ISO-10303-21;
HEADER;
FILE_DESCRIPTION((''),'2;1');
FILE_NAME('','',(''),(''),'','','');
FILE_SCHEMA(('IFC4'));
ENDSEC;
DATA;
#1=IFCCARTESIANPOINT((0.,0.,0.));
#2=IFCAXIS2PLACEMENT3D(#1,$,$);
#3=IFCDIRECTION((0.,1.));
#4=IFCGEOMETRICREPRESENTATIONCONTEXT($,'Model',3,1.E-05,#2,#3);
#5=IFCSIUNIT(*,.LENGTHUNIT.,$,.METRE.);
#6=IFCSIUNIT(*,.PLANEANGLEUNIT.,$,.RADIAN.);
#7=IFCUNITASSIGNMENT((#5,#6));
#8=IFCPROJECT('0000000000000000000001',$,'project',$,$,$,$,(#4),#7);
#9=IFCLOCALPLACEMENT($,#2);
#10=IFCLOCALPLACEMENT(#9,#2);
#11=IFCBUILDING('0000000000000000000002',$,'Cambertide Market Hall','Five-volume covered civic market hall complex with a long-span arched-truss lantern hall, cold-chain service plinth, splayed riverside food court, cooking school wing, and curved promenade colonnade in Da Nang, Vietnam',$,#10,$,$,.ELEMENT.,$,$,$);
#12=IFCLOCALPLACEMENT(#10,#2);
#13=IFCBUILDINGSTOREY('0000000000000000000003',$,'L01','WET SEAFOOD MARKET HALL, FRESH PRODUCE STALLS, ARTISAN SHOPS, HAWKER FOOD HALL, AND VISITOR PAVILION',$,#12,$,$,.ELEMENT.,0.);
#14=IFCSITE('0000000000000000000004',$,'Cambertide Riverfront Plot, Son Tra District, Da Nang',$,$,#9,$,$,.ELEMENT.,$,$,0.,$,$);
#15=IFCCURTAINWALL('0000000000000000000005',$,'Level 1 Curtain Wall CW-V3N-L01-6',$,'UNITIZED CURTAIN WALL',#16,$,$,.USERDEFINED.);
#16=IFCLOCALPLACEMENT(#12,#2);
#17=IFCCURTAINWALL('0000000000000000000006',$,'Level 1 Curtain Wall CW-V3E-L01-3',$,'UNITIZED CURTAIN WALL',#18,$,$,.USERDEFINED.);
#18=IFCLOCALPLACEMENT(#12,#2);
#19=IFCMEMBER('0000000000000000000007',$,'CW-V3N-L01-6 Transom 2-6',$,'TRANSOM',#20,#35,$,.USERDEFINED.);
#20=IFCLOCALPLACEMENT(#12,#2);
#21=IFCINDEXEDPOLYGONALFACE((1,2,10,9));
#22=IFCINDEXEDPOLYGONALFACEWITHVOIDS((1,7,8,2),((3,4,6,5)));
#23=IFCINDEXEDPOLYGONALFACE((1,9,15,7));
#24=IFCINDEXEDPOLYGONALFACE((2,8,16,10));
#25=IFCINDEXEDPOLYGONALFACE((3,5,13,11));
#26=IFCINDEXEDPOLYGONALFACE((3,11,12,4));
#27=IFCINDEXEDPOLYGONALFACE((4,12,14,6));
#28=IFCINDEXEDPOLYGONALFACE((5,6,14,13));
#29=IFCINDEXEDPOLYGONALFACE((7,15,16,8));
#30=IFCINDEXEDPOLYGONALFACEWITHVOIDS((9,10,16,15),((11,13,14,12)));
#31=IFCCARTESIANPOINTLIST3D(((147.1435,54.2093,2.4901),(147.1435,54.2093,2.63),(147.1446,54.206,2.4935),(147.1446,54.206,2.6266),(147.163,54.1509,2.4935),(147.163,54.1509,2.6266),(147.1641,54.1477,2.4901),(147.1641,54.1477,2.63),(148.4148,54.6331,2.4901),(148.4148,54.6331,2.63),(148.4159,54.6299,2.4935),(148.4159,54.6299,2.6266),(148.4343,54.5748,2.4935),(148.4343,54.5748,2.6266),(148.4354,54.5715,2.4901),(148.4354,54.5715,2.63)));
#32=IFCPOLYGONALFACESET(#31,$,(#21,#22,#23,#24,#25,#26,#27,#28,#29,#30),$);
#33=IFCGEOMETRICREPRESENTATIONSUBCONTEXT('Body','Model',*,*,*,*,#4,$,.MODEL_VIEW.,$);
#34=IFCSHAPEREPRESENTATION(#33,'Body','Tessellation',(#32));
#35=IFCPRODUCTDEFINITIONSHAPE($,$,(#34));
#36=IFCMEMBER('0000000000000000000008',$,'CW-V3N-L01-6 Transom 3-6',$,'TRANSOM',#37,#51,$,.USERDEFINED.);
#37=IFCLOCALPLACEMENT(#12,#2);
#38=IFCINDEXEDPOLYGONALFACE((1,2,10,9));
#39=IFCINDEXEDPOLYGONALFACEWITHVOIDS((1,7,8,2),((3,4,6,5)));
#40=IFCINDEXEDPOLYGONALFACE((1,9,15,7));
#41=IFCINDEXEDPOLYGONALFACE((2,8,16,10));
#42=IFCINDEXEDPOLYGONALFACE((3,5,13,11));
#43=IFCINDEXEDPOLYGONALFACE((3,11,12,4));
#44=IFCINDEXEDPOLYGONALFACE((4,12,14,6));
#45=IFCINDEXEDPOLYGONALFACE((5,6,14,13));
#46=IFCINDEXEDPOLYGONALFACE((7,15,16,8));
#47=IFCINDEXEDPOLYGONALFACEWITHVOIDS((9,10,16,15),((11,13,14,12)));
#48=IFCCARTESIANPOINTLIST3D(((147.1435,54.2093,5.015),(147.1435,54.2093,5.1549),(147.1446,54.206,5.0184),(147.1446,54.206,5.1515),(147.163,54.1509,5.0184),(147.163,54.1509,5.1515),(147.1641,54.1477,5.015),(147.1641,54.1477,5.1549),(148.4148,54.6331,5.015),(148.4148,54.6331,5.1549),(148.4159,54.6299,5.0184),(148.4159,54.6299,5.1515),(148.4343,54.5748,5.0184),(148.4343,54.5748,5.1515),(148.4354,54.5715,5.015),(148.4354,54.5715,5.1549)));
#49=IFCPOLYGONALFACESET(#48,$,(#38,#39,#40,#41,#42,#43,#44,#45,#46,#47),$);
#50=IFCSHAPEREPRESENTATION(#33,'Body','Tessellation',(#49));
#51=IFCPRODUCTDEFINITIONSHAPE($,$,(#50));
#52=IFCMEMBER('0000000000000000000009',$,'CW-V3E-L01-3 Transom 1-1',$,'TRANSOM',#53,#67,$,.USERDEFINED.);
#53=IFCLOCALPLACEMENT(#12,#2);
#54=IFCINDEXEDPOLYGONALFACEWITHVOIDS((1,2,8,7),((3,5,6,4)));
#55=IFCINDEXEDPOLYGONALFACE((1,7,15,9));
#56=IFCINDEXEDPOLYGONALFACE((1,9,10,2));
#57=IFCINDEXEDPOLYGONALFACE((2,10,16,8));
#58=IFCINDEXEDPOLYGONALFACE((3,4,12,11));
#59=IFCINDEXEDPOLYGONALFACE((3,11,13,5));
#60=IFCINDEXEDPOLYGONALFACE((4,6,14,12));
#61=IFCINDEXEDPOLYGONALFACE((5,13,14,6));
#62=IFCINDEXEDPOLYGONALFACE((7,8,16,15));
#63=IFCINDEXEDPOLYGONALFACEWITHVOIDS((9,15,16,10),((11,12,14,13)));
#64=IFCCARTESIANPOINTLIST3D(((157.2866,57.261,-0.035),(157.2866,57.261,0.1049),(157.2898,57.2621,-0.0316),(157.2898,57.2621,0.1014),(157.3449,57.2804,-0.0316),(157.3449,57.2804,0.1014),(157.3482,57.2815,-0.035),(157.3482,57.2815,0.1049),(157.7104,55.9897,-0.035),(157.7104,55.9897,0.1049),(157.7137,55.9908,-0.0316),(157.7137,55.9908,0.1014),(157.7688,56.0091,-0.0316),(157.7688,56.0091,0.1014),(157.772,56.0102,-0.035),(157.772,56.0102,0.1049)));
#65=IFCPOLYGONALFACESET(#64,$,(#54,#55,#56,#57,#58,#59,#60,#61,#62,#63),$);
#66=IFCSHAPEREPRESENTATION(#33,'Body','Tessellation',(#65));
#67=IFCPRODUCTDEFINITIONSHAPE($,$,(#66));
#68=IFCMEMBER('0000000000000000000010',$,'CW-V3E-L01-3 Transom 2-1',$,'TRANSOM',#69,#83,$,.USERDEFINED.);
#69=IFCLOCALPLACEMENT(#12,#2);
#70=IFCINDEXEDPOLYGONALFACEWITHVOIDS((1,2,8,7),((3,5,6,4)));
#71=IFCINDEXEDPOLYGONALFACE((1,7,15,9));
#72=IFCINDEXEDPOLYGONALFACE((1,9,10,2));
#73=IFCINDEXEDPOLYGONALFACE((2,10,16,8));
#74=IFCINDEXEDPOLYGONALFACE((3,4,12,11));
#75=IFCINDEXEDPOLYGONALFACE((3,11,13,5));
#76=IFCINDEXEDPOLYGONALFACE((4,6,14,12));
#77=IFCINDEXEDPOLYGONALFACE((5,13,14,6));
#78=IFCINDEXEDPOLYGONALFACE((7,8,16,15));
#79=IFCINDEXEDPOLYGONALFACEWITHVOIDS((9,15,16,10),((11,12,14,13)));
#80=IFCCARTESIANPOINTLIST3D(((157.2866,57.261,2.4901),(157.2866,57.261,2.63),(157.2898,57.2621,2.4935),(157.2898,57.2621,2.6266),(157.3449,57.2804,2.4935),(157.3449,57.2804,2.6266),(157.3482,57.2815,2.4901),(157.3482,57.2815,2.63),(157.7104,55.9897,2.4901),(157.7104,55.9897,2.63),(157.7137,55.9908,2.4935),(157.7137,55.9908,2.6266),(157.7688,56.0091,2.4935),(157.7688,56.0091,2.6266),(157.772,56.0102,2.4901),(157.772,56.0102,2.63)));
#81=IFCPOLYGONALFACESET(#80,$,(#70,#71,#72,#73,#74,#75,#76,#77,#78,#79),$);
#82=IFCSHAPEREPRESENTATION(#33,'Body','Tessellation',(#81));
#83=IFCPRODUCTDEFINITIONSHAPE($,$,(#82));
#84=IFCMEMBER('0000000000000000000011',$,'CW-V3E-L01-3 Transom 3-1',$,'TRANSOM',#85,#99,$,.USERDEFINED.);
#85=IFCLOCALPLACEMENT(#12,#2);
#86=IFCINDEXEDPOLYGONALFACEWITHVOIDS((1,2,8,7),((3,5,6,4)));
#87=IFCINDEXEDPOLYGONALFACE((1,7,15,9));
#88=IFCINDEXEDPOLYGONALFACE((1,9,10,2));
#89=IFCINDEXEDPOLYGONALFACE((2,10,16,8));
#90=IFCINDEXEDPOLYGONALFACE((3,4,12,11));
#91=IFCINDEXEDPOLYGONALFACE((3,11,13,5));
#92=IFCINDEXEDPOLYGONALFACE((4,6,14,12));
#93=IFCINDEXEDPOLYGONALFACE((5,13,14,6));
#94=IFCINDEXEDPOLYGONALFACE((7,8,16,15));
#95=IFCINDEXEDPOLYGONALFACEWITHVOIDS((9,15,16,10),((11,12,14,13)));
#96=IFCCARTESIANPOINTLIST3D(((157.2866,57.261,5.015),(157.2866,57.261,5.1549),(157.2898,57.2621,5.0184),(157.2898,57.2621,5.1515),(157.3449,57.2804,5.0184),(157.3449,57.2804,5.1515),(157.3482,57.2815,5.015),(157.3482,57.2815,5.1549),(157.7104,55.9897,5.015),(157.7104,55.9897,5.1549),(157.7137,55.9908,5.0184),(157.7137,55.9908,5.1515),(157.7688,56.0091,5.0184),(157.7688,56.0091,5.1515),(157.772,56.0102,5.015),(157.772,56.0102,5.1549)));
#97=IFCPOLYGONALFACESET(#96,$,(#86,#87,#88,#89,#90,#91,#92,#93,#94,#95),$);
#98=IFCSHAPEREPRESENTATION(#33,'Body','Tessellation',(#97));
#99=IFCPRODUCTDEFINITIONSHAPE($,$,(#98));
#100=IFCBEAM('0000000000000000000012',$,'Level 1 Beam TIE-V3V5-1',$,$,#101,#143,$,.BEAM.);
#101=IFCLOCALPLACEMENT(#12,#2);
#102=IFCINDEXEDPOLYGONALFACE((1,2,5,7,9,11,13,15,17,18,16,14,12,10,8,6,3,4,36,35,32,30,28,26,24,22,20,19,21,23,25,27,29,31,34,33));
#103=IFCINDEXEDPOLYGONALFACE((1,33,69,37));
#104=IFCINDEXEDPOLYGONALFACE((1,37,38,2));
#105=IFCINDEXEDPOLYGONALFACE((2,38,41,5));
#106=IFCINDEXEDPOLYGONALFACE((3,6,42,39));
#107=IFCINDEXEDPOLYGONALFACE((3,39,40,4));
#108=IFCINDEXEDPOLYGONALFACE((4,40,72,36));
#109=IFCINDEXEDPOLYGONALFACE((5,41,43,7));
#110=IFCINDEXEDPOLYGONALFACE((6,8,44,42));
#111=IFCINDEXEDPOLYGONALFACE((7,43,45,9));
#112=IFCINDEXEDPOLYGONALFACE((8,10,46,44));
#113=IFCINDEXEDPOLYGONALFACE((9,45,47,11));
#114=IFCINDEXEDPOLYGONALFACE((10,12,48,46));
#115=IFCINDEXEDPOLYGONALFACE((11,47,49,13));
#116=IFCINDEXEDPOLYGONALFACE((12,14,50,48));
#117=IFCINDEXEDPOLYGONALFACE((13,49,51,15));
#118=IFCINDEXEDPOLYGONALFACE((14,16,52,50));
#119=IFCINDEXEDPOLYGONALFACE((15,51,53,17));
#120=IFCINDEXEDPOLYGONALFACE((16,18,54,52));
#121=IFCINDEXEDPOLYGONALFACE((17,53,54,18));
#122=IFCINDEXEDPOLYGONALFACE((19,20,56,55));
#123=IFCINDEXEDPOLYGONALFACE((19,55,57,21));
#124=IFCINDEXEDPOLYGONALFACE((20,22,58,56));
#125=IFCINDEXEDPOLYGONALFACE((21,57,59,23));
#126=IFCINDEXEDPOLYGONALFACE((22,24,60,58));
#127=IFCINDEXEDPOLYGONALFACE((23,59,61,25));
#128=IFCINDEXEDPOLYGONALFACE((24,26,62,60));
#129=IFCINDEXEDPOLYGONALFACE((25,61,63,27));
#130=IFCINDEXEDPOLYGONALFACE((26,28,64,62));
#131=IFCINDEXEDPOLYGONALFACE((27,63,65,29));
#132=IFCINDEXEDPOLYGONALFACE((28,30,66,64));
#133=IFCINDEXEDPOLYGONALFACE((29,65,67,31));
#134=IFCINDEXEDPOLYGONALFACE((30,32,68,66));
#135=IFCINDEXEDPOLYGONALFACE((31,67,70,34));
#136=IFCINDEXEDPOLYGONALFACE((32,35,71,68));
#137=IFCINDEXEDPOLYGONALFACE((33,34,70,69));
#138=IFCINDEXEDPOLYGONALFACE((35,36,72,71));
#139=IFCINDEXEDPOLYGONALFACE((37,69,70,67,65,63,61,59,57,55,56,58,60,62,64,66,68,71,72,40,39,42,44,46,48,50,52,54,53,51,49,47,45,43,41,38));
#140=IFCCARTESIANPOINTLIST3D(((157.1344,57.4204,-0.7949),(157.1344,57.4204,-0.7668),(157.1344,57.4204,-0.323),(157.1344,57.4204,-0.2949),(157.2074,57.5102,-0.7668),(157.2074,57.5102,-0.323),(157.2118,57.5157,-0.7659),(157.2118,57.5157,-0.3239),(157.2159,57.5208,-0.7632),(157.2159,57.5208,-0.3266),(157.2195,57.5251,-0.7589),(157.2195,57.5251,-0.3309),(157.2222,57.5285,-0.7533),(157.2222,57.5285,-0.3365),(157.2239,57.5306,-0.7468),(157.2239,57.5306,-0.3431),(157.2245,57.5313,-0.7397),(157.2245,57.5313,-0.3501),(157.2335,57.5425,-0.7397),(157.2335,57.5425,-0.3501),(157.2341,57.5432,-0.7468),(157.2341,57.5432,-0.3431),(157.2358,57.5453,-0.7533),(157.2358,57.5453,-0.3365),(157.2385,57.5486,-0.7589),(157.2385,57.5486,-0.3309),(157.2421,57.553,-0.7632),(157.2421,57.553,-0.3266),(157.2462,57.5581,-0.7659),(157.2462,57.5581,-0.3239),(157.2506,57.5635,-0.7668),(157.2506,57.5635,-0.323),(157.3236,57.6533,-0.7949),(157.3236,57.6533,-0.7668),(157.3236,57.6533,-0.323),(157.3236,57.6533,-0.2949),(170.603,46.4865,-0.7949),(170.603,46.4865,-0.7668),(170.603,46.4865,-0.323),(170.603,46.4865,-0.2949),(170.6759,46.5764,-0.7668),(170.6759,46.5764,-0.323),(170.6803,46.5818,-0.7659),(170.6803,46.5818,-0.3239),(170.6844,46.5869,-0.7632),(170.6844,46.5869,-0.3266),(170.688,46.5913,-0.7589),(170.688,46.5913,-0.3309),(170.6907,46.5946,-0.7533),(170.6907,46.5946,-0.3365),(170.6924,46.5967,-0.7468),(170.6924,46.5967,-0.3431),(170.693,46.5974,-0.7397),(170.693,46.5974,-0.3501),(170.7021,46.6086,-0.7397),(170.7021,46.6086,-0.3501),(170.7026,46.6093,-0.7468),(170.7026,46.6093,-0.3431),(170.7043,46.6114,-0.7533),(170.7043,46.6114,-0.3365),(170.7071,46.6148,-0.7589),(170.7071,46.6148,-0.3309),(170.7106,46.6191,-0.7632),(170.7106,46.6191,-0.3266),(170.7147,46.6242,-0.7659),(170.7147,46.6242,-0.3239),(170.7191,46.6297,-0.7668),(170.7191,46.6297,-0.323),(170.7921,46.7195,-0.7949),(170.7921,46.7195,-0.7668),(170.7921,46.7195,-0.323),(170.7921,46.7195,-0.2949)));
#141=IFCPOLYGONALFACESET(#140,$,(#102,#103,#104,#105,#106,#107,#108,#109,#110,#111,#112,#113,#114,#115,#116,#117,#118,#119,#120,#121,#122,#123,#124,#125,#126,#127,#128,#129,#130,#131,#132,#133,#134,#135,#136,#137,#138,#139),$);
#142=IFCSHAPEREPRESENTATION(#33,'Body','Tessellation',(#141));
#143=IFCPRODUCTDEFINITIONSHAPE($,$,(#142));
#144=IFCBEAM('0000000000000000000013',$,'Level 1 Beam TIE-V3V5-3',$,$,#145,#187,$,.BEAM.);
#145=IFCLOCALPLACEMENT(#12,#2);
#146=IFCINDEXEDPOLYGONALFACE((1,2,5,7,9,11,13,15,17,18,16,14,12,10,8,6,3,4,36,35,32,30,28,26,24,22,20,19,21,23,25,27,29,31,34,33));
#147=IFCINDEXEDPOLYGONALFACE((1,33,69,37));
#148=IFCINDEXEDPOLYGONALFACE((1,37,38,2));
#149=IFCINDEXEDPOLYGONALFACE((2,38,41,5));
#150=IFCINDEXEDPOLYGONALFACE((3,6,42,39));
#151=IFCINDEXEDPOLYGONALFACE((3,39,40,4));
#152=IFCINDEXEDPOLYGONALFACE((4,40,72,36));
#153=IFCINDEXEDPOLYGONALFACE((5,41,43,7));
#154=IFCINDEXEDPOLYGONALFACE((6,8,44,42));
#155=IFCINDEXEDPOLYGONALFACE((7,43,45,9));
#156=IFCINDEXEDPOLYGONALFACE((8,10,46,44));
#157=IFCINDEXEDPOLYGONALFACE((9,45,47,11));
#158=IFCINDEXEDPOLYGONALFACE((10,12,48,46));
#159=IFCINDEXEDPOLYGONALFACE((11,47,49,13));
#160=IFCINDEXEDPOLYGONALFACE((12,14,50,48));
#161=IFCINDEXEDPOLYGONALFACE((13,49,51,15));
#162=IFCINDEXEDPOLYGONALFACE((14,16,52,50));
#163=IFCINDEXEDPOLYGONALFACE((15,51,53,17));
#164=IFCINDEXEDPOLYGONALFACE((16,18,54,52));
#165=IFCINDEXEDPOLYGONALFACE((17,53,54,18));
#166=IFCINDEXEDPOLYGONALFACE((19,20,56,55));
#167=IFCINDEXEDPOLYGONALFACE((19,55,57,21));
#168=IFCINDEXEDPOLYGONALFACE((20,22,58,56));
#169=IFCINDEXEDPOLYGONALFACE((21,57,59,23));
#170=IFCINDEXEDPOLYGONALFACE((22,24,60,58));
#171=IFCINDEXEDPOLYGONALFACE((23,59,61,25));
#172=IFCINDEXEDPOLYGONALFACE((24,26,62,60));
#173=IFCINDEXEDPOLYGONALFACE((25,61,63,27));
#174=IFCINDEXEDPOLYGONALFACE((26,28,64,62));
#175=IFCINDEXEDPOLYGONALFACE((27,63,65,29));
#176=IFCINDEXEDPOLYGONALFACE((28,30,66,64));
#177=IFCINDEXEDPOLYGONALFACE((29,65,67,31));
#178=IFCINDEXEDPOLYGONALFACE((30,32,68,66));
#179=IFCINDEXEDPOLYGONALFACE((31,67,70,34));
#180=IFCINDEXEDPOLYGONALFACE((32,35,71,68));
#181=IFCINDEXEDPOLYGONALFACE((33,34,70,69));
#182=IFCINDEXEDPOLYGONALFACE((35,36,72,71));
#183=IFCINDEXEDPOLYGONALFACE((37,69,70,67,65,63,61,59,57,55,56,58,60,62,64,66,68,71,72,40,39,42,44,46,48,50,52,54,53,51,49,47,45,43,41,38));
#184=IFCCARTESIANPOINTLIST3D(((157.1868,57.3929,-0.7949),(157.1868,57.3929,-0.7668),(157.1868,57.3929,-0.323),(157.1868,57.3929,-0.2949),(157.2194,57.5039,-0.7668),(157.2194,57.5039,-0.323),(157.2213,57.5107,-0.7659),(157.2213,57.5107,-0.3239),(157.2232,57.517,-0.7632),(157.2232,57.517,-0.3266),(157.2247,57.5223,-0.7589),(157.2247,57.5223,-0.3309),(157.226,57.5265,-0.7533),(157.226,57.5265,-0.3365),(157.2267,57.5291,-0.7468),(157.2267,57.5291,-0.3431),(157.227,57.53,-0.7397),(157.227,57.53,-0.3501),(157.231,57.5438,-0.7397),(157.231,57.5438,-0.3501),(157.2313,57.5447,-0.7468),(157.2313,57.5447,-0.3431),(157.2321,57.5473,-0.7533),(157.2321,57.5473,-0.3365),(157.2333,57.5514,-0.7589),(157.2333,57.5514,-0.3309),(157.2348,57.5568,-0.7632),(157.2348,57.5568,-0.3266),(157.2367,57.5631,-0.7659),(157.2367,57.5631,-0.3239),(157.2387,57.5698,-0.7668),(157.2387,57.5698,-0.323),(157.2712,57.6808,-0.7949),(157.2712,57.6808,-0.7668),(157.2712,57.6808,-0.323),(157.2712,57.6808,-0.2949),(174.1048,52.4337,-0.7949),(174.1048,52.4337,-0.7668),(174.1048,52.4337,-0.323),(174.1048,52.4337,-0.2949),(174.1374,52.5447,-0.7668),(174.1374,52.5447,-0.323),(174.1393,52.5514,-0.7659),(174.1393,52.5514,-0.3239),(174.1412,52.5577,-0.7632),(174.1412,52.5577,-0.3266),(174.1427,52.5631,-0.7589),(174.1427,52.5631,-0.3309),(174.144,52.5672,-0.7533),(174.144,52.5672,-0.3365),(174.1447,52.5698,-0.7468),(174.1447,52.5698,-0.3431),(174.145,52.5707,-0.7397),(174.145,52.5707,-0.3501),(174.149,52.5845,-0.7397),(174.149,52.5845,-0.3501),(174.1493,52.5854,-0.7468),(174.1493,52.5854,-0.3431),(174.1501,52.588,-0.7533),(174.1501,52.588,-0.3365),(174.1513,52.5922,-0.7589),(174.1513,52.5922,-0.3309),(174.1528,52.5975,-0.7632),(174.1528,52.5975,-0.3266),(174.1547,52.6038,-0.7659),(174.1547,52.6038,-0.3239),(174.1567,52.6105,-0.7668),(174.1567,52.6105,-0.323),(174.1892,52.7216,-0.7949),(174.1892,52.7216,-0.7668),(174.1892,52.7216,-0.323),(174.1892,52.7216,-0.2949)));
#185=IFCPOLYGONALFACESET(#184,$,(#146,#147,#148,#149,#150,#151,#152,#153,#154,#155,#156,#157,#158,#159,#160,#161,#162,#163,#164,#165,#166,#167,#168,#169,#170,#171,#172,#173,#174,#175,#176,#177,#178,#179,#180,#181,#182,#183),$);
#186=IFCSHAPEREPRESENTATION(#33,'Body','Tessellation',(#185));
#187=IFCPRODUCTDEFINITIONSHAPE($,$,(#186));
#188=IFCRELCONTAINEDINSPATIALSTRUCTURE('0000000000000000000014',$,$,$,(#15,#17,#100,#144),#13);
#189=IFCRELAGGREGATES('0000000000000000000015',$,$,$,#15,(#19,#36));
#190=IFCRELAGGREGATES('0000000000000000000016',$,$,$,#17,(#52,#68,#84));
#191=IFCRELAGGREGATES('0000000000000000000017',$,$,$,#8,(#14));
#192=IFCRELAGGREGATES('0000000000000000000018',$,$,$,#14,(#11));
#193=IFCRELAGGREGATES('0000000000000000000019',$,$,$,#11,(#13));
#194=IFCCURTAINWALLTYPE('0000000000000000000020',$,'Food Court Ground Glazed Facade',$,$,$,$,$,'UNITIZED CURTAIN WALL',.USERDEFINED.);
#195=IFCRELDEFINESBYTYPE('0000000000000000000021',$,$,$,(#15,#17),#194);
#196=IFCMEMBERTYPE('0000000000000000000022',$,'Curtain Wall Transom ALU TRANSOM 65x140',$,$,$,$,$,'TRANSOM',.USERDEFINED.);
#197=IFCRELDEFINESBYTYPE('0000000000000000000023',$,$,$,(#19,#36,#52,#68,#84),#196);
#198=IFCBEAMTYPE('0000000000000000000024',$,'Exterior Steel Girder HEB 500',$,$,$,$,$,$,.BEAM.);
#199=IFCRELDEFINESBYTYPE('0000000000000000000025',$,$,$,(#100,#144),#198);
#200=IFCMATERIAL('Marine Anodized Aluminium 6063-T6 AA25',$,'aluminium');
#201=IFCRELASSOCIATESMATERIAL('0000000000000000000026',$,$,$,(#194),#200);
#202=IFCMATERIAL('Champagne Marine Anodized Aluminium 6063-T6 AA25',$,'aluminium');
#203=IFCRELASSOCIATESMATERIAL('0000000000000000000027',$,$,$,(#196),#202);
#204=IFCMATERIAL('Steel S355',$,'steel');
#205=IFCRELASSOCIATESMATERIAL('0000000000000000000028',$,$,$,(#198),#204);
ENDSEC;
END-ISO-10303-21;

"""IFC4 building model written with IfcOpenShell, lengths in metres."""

from ifc_helpers import new_model, si_unit, direction, frame, origin, origin_2d, place, context, subcontext, project, spatial, hollow_rectangle, i_section, extrude, material, material_profile, profile_set, type_object, element, aggregate, save


model = new_model("IFC4")

# Units and contexts
model_context = context("Model", 3, precision=1e-05, world=origin(), true_north=direction((0.0, 1.0)))
body_context = subcontext(model_context, "Body", "Model", "MODEL_VIEW")
ifc_project = project(units=[si_unit("LENGTHUNIT", "METRE"), si_unit("PLANEANGLEUNIT", "RADIAN")], contexts=[model_context])

# Site, building, storey
site_placement = place(None, origin())
site = spatial("IfcSite", under=ifc_project, at=site_placement, Name="Cambertide Riverfront Plot, Son Tra District, Da Nang", CompositionType="ELEMENT", RefElevation=0.0)
building_placement = place(site_placement, origin())
building = spatial("IfcBuilding", under=site, at=building_placement, Name="Cambertide Market Hall", Description="Five-volume covered civic market hall complex with a long-span arched-truss lantern hall, cold-chain service plinth, splayed riverside food court, cooking school wing, and curved promenade colonnade in Da Nang, Vietnam", CompositionType="ELEMENT")
storey_placement = place(building_placement, origin())
storey = spatial("IfcBuildingStorey", under=building, at=storey_placement, Name="L01", Description="WET SEAFOOD MARKET HALL, FRESH PRODUCE STALLS, ARTISAN SHOPS, HAWKER FOOD HALL, AND VISITOR PAVILION", CompositionType="ELEMENT", Elevation=0.0)

# Curtain walls
ifc_material_1 = material(Name="Marine Anodized Aluminium 6063-T6 AA25", Category="aluminium")
curtain_wall_type = type_object("IfcCurtainWallType", Name="Food Court Ground Glazed Facade", ElementType="UNITIZED CURTAIN WALL", PredefinedType="USERDEFINED", material=ifc_material_1)
curtain_wall_1_placement = place(storey_placement, origin())
curtain_wall_1 = element("IfcCurtainWall", 1, at=curtain_wall_1_placement, inside=storey, type_object=curtain_wall_type, Name="Level 1 Curtain Wall CW-V3N-L01-6", ObjectType="UNITIZED CURTAIN WALL", PredefinedType="USERDEFINED")
curtain_wall_2_placement = place(storey_placement, origin())
curtain_wall_2 = element("IfcCurtainWall", 2, at=curtain_wall_2_placement, inside=storey, type_object=curtain_wall_type, Name="Level 1 Curtain Wall CW-V3E-L01-3", ObjectType="UNITIZED CURTAIN WALL", PredefinedType="USERDEFINED")

# Members
ifc_material_2 = material(Name="Champagne Marine Anodized Aluminium 6063-T6 AA25", Category="aluminium")
ifc_material_profile_1 = material_profile(ifc_material_2, hollow_rectangle(XDim=0.0649, YDim=0.1399, WallThickness=0.0034, at=origin_2d()), Name="ALU TRANSOM 65x140")
ifc_profile_set_1 = profile_set([ifc_material_profile_1], Name="Champagne Marine Anodized Aluminium 6063-T6 AA25")
member_type_1 = type_object("IfcMemberType", Name="Curtain Wall Transom ALU TRANSOM 65x140", ElementType="TRANSOM", PredefinedType="USERDEFINED", material=ifc_profile_set_1)
member_1_placement = place(storey_placement, frame((147.1538, 54.1785, 2.5601), z_axis=(0.948665, 0.316282, 0.0), x_axis=(-0.316282, 0.948665, 0.0)))
member_1 = element("IfcMember", 3, at=member_1_placement, type_object=member_type_1, Name="CW-V3N-L01-6 Transom 2-6", ObjectType="TRANSOM", PredefinedType="USERDEFINED", context=body_context, shape_type="SweptSolid", body=[
    extrude(hollow_rectangle(XDim=0.0649, YDim=0.1399, WallThickness=0.0034, at=origin_2d()), origin(), (0.0, 0.0, 1.0), 1.3401),
])
member_2_placement = place(storey_placement, frame((147.1538, 54.1785, 5.085), z_axis=(0.948665, 0.316282, 0.0), x_axis=(-0.316282, 0.948665, 0.0)))
member_2 = element("IfcMember", 4, at=member_2_placement, type_object=member_type_1, Name="CW-V3N-L01-6 Transom 3-6", ObjectType="TRANSOM", PredefinedType="USERDEFINED", context=body_context, shape_type="SweptSolid", body=[
    extrude(hollow_rectangle(XDim=0.0649, YDim=0.1399, WallThickness=0.0034, at=origin_2d()), origin(), (0.0, 0.0, 1.0), 1.3401),
])
member_3_placement = place(storey_placement, frame((157.3174, 57.2712, 0.0349), z_axis=(0.316282, -0.948665, 0.0), x_axis=(0.948665, 0.316282, 0.0)))
member_3 = element("IfcMember", 5, at=member_3_placement, type_object=member_type_1, Name="CW-V3E-L01-3 Transom 1-1", ObjectType="TRANSOM", PredefinedType="USERDEFINED", context=body_context, shape_type="SweptSolid", body=[
    extrude(hollow_rectangle(XDim=0.0649, YDim=0.1399, WallThickness=0.0034, at=origin_2d()), origin(), (0.0, 0.0, 1.0), 1.3401),
])
member_4_placement = place(storey_placement, frame((157.3174, 57.2712, 2.5601), z_axis=(0.316282, -0.948665, 0.0), x_axis=(0.948665, 0.316282, 0.0)))
member_4 = element("IfcMember", 6, at=member_4_placement, type_object=member_type_1, Name="CW-V3E-L01-3 Transom 2-1", ObjectType="TRANSOM", PredefinedType="USERDEFINED", context=body_context, shape_type="SweptSolid", body=[
    extrude(hollow_rectangle(XDim=0.0649, YDim=0.1399, WallThickness=0.0034, at=origin_2d()), origin(), (0.0, 0.0, 1.0), 1.3401),
])
member_5_placement = place(storey_placement, frame((157.3174, 57.2712, 5.085), z_axis=(0.316282, -0.948665, 0.0), x_axis=(0.948665, 0.316282, 0.0)))
member_5 = element("IfcMember", 7, at=member_5_placement, type_object=member_type_1, Name="CW-V3E-L01-3 Transom 3-1", ObjectType="TRANSOM", PredefinedType="USERDEFINED", context=body_context, shape_type="SweptSolid", body=[
    extrude(hollow_rectangle(XDim=0.0649, YDim=0.1399, WallThickness=0.0034, at=origin_2d()), origin(), (0.0, 0.0, 1.0), 1.3401),
])

# Beams
ifc_material_3 = material(Name="Steel S355", Category="steel")
ifc_material_profile_2 = material_profile(ifc_material_3, i_section(OverallWidth=0.3, OverallDepth=0.5, WebThickness=0.0144, FlangeThickness=0.0281, FilletRadius=0.0271, at=origin_2d()), Name="HEB 500")
ifc_profile_set_2 = profile_set([ifc_material_profile_2], Name="Steel S355")
beam_type_1 = type_object("IfcBeamType", Name="Exterior Steel Girder HEB 500", PredefinedType="BEAM", material=ifc_profile_set_2)
beam_1_placement = place(storey_placement, frame((157.229, 57.5369, -0.5449), z_axis=(0.776377, -0.630269, 0.0), x_axis=(0.630269, 0.776377, 0.0)))
element("IfcBeam", 8, at=beam_1_placement, inside=storey, type_object=beam_type_1, Name="Level 1 Beam TIE-V3V5-1", PredefinedType="BEAM", context=body_context, shape_type="SweptSolid", body=[
    extrude(i_section(OverallWidth=0.3, OverallDepth=0.5, WebThickness=0.0144, FlangeThickness=0.0281, FilletRadius=0.0271, at=origin_2d()), origin(), (0.0, 0.0, 1.0), 17.3479),
])
beam_2_placement = place(storey_placement, frame((157.229, 57.5369, -0.5449), z_axis=(0.959621, -0.281297, 0.0), x_axis=(0.281297, 0.959621, 0.0)))
element("IfcBeam", 9, at=beam_2_placement, inside=storey, type_object=beam_type_1, Name="Level 1 Beam TIE-V3V5-3", PredefinedType="BEAM", context=body_context, shape_type="SweptSolid", body=[
    extrude(i_section(OverallWidth=0.3, OverallDepth=0.5, WebThickness=0.0144, FlangeThickness=0.0281, FilletRadius=0.0271, at=origin_2d()), origin(), (0.0, 0.0, 1.0), 17.6299),
])

aggregate(curtain_wall_1, [member_1, member_2])
aggregate(curtain_wall_2, [member_3, member_4, member_5])

save(model, "model.ifc")
